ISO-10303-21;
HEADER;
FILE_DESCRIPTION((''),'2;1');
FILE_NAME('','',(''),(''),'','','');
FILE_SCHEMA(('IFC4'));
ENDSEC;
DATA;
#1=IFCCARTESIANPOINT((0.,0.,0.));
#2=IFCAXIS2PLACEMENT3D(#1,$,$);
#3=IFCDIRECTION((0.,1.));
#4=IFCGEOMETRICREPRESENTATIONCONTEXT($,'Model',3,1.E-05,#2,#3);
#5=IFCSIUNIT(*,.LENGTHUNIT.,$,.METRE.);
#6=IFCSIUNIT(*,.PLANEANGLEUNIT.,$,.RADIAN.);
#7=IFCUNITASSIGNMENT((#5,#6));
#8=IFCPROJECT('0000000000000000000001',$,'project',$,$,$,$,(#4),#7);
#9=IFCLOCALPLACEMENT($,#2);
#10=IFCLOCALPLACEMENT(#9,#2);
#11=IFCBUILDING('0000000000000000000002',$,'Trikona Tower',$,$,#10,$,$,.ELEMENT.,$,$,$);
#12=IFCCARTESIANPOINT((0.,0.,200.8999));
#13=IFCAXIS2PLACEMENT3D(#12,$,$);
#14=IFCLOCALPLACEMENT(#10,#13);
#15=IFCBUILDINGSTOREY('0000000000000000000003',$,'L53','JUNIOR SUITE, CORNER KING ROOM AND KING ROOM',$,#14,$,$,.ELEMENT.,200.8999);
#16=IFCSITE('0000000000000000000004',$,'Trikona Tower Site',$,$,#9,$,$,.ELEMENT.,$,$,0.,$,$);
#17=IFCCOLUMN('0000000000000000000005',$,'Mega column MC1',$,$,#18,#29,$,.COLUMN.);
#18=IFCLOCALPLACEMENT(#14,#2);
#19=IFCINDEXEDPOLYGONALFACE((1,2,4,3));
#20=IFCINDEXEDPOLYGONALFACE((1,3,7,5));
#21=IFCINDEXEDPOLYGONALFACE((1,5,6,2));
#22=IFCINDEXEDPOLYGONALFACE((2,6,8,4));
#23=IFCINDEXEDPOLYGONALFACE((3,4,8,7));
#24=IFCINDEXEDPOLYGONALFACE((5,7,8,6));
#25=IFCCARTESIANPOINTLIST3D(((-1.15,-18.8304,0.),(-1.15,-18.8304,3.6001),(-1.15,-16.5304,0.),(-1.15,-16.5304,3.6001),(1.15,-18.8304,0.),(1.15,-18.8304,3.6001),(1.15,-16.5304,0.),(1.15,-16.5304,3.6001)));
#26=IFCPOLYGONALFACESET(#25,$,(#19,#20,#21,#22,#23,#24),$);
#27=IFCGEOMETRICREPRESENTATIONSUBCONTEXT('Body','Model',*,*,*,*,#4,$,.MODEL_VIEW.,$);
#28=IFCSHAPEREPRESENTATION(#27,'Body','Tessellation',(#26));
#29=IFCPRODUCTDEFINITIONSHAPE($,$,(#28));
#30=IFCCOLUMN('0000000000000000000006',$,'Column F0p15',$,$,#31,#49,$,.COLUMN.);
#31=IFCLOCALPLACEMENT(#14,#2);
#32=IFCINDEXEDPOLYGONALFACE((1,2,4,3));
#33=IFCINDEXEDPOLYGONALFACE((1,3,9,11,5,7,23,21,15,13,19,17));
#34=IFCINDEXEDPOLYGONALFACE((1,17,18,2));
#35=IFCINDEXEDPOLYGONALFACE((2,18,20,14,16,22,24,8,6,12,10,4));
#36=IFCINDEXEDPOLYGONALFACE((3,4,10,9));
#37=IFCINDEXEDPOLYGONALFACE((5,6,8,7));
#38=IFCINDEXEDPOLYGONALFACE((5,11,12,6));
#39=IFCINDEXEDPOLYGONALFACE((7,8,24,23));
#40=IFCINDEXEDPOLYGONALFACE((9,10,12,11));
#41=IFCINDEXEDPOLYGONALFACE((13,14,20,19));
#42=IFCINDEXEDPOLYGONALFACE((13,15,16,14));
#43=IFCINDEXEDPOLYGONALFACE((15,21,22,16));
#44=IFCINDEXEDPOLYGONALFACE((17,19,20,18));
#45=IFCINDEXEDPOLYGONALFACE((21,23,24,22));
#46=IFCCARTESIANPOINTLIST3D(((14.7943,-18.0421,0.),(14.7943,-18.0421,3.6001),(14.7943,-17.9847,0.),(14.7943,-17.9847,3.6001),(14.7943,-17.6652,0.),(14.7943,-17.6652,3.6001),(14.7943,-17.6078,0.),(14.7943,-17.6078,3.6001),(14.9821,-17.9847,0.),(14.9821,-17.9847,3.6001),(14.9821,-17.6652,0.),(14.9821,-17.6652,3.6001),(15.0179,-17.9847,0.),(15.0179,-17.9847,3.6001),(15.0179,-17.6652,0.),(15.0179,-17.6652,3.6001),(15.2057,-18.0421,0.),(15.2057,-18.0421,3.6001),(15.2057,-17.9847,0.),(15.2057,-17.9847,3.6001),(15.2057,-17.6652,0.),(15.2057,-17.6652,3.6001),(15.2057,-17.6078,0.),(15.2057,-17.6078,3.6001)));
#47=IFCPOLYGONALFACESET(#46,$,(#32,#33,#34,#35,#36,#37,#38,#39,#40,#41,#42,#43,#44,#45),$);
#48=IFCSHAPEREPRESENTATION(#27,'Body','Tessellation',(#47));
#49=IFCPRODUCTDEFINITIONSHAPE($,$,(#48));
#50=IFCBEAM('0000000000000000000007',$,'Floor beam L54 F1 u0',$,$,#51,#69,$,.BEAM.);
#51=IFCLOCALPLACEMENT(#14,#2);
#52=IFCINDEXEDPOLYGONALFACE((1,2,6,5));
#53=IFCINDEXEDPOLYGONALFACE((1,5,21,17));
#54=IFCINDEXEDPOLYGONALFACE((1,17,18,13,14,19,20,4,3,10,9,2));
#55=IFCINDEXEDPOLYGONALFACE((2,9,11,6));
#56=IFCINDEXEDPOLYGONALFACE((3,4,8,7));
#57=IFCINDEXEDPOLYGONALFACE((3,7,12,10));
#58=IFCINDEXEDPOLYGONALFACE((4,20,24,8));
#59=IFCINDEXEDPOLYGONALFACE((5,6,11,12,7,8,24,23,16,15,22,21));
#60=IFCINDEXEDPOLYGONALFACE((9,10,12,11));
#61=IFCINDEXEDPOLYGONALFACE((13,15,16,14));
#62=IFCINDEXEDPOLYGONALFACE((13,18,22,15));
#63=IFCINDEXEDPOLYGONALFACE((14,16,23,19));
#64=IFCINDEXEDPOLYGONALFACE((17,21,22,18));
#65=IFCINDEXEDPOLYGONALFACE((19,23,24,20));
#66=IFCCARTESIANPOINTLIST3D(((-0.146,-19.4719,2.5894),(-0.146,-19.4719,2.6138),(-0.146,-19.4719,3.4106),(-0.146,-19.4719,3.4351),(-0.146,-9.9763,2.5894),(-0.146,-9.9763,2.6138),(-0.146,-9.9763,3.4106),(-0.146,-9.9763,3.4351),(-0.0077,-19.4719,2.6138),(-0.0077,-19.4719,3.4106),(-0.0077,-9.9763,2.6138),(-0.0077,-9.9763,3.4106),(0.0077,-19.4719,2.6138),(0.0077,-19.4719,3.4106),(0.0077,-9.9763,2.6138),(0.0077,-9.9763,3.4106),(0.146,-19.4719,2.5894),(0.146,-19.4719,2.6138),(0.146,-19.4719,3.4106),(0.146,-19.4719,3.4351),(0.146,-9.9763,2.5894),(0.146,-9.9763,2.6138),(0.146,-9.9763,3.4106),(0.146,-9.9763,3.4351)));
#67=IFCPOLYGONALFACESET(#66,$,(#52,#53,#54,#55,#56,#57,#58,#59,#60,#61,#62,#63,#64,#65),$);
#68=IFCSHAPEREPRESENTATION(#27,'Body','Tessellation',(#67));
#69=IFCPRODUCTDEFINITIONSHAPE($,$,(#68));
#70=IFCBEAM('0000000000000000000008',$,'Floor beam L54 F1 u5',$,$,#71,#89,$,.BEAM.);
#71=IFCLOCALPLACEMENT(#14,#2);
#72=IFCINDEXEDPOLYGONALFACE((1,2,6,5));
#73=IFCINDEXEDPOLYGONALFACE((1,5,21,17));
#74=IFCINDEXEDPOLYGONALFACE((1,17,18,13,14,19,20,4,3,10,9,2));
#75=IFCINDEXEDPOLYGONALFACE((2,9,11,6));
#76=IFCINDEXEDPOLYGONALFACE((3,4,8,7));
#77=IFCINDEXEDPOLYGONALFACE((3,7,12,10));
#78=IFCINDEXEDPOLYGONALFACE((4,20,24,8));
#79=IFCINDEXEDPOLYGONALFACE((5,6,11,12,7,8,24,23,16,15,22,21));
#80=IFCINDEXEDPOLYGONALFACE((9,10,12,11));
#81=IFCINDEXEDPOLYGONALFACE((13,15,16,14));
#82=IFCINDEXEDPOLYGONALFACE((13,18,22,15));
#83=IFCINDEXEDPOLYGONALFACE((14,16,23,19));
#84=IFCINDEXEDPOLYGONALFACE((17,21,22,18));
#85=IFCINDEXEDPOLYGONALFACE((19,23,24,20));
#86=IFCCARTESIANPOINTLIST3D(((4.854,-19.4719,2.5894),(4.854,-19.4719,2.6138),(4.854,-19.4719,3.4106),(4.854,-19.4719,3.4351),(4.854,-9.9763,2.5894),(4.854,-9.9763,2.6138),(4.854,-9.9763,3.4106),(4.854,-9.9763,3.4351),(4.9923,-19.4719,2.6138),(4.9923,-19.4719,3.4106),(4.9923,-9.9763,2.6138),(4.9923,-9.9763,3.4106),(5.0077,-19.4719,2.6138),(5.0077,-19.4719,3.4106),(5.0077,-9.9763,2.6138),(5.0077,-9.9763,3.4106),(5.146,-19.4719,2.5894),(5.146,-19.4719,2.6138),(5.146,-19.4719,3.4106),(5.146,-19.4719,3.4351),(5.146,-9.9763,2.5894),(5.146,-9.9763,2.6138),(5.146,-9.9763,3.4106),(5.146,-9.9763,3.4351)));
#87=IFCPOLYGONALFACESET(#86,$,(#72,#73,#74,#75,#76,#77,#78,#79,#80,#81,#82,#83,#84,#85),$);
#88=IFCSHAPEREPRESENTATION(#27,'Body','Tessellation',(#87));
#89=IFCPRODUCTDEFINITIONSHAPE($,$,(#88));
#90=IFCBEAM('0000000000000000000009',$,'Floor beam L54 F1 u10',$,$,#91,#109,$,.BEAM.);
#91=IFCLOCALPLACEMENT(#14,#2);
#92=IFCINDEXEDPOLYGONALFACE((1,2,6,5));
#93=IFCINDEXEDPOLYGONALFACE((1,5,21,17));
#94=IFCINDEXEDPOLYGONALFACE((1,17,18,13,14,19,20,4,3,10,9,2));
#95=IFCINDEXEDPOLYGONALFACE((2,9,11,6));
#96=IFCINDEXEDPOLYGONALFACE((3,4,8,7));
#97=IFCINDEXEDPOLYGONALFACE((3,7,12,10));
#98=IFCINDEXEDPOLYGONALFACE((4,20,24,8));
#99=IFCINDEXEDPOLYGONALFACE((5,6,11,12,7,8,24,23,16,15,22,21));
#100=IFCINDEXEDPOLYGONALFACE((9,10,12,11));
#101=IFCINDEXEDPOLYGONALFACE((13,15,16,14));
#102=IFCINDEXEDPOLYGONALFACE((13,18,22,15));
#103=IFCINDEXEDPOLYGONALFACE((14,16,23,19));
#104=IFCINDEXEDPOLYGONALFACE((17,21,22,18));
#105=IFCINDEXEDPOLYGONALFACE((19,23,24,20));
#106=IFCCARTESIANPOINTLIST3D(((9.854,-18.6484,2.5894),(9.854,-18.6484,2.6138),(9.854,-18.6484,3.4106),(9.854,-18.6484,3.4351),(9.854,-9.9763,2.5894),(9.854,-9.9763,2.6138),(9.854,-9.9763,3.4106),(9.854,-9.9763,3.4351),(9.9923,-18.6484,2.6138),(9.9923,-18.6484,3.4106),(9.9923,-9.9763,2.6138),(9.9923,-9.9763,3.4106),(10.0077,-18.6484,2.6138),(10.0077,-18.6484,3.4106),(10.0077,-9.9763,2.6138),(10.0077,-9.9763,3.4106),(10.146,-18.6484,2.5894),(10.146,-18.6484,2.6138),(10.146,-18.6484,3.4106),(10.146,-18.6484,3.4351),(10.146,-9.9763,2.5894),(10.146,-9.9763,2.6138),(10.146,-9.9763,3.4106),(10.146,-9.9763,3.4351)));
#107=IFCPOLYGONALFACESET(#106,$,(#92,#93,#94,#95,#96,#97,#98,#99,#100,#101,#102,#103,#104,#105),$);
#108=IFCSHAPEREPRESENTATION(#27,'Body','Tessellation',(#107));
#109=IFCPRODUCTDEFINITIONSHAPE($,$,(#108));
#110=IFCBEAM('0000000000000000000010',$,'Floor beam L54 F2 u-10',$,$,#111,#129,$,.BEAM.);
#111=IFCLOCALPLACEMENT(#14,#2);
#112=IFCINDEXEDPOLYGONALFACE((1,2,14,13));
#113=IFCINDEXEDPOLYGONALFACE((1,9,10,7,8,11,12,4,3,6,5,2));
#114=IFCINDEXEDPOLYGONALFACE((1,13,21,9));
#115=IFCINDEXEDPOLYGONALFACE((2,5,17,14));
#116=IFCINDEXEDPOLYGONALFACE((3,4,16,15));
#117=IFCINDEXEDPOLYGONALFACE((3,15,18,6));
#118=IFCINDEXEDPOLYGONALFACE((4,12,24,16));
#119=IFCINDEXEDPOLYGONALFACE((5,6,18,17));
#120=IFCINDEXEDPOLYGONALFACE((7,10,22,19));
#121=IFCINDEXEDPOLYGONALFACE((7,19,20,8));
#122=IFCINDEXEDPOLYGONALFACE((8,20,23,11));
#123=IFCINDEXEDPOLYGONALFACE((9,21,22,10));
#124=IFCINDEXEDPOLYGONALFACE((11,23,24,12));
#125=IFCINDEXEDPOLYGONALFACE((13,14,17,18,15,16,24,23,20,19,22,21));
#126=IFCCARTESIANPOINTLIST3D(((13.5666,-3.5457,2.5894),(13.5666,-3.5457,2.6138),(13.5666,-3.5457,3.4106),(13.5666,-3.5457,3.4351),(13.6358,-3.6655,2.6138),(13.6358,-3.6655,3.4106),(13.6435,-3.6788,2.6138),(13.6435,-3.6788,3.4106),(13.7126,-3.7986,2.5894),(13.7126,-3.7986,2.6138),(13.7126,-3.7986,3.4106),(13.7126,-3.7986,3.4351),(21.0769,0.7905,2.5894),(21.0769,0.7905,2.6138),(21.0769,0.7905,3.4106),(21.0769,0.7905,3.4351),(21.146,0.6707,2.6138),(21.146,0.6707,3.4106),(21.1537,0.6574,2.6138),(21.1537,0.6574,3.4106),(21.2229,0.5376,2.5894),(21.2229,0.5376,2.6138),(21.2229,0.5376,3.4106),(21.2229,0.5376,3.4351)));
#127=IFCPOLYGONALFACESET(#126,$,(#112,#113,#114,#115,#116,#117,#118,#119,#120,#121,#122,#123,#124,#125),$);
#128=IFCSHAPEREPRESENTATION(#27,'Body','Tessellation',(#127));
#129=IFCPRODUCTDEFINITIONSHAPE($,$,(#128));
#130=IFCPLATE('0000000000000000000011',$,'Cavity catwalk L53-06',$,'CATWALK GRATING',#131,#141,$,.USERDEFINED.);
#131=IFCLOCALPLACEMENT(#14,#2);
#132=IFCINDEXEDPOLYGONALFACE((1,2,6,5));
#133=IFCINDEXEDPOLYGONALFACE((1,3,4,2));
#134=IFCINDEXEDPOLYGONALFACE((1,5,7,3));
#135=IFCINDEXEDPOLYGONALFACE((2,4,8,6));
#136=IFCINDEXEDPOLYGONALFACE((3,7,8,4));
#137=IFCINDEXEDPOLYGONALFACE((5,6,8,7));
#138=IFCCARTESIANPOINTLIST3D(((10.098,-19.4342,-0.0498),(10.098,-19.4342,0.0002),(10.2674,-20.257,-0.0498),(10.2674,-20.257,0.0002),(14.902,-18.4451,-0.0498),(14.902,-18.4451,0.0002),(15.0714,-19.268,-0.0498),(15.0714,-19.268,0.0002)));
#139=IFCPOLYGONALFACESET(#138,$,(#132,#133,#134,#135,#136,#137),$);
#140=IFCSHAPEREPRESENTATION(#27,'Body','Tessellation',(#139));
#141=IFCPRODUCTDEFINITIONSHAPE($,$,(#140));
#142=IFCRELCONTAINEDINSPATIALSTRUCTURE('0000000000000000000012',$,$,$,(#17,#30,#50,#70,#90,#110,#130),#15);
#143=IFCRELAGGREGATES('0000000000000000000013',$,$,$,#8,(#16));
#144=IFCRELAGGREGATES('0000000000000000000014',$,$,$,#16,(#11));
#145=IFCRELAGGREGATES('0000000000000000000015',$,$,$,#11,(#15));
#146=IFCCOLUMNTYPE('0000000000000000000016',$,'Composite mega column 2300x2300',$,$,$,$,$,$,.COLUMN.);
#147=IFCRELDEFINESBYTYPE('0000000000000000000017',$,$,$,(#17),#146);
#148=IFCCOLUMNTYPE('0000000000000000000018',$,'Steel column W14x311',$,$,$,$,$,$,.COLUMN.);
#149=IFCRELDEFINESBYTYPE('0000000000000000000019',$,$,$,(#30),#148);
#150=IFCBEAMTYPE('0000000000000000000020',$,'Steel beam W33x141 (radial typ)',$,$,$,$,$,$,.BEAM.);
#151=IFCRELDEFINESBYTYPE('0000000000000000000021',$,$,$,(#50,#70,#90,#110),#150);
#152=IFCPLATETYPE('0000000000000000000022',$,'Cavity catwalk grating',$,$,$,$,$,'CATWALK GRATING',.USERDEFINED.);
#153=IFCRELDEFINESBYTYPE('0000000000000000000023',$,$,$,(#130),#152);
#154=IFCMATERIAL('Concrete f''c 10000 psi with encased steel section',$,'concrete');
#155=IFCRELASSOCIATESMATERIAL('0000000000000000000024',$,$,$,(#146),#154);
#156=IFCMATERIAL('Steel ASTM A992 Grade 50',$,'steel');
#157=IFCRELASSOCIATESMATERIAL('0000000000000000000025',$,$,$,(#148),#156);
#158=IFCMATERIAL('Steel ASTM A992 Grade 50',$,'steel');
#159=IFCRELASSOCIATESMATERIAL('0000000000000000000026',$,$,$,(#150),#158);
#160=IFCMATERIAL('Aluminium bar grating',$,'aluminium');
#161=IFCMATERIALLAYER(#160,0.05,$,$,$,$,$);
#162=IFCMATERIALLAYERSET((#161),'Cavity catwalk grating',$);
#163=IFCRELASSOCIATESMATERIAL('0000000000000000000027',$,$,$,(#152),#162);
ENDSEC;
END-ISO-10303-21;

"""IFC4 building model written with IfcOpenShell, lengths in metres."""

from ifc_helpers import new_model, si_unit, direction, frame, origin, origin_2d, place, context, subcontext, project, spatial, rectangle, i_section, extrude, material, layer, layer_set, material_profile, profile_set, type_object, element, save


model = new_model("IFC4")

# Units and contexts
model_context = context("Model", 3, precision=1e-05, world=origin(), true_north=direction((0.0, 1.0)))
body_context = subcontext(model_context, "Body", "Model", "MODEL_VIEW")
ifc_project = project(units=[si_unit("LENGTHUNIT", "METRE"), si_unit("PLANEANGLEUNIT", "RADIAN")], contexts=[model_context])

# Site, building, storey
site_placement = place(None, origin())
site = spatial("IfcSite", under=ifc_project, at=site_placement, Name="Trikona Tower Site", CompositionType="ELEMENT", RefElevation=0.0)
building_placement = place(site_placement, origin())
building = spatial("IfcBuilding", under=site, at=building_placement, Name="Trikona Tower", CompositionType="ELEMENT")
storey_placement = place(building_placement, frame((0.0, 0.0, 200.8999)))
storey = spatial("IfcBuildingStorey", under=building, at=storey_placement, Name="L53", Description="JUNIOR SUITE, CORNER KING ROOM AND KING ROOM", CompositionType="ELEMENT", Elevation=200.8999)

# Columns
ifc_material_1 = material(Name="Concrete f'c 10000 psi with encased steel section", Category="concrete")
ifc_material_profile_1 = material_profile(ifc_material_1, rectangle(XDim=2.3, YDim=2.3, at=origin_2d()), Name="MC2300")
ifc_profile_set_1 = profile_set([ifc_material_profile_1], Name="Concrete f'c 10000 psi with encased steel section")
column_type_1 = type_object("IfcColumnType", Name="Composite mega column 2300x2300", PredefinedType="COLUMN", material=ifc_profile_set_1)
column_1_placement = place(storey_placement, frame((0.0, -17.6804, 0.0), z_axis=(0.0, 0.0, 1.0), x_axis=(0.0, -1.0, 0.0)))
element("IfcColumn", 1, at=column_1_placement, inside=storey, type_object=column_type_1, Name="Mega column MC1", PredefinedType="COLUMN", context=body_context, shape_type="SweptSolid", body=[
    extrude(rectangle(XDim=2.3, YDim=2.3, at=origin_2d()), origin(), (0.0, 0.0, 1.0), 3.6001),
])
ifc_material_2 = material(Name="Steel ASTM A992 Grade 50", Category="steel")
ifc_material_profile_2 = material_profile(ifc_material_2, i_section(OverallWidth=0.4114, OverallDepth=0.4343, WebThickness=0.0359, FlangeThickness=0.0574, at=origin_2d()), Name="W14X311")
ifc_profile_set_2 = profile_set([ifc_material_profile_2], Name="Steel ASTM A992 Grade 50")
column_type_2 = type_object("IfcColumnType", Name="Steel column W14x311", PredefinedType="COLUMN", material=ifc_profile_set_2)
column_2_placement = place(storey_placement, frame((15.0, -17.825, 0.0), z_axis=(0.0, 0.0, 1.0), x_axis=(1.0, 0.0, 0.0)))
element("IfcColumn", 2, at=column_2_placement, inside=storey, type_object=column_type_2, Name="Column F0p15", PredefinedType="COLUMN", context=body_context, shape_type="SweptSolid", body=[
    extrude(i_section(OverallWidth=0.4114, OverallDepth=0.4343, WebThickness=0.0359, FlangeThickness=0.0574, at=origin_2d()), origin(), (0.0, 0.0, 1.0), 3.6001),
])

# Beams
ifc_material_3 = material(Name="Steel ASTM A992 Grade 50", Category="steel")
ifc_material_profile_3 = material_profile(ifc_material_3, i_section(OverallWidth=0.292, OverallDepth=0.8457, WebThickness=0.0154, FlangeThickness=0.0244, at=origin_2d()), Name="W33X141")
ifc_profile_set_3 = profile_set([ifc_material_profile_3], Name="Steel ASTM A992 Grade 50")
beam_type = type_object("IfcBeamType", Name="Steel beam W33x141 (radial typ)", PredefinedType="BEAM", material=ifc_profile_set_3)
for number, where, z_axis, x_axis, name in (
    (3, (0.0, -9.9763, 3.0122), (0.0, -1.0, 0.0), (1.0, 0.0, 0.0), "Floor beam L54 F1 u0"),
    (4, (5.0, -9.9763, 3.0122), (0.0, -1.0, 0.0), (1.0, 0.0, 0.0), "Floor beam L54 F1 u5"),
):
    element("IfcBeam", number, at=place(storey_placement, frame(where, z_axis=z_axis, x_axis=x_axis)), inside=storey, type_object=beam_type, Name=name, PredefinedType="BEAM", context=body_context, shape_type="SweptSolid", body=[
        extrude(i_section(OverallWidth=0.292, OverallDepth=0.8457, WebThickness=0.0154, FlangeThickness=0.0244, at=origin_2d()), origin(), (0.0, 0.0, 1.0), 9.4956),
    ])
for number, where, z_axis, x_axis, name in (
    (5, (10.0, -9.9763, 3.0122), (0.0, -1.0, 0.0), (1.0, 0.0, 0.0), "Floor beam L54 F1 u10"),
    (6, (13.6396, -3.6721, 3.0122), (0.866019, 0.500012, 0.0), (-0.500012, 0.866019, 0.0), "Floor beam L54 F2 u-10"),
):
    element("IfcBeam", number, at=place(storey_placement, frame(where, z_axis=z_axis, x_axis=x_axis)), inside=storey, type_object=beam_type, Name=name, PredefinedType="BEAM", context=body_context, shape_type="SweptSolid", body=[
        extrude(i_section(OverallWidth=0.292, OverallDepth=0.8457, WebThickness=0.0154, FlangeThickness=0.0244, at=origin_2d()), origin(), (0.0, 0.0, 1.0), 8.6721),
    ])

# Plate
ifc_material_4 = material(Name="Aluminium bar grating", Category="aluminium")
ifc_layer_1 = layer(ifc_material_4, 0.05)
ifc_layer_set_1 = layer_set([ifc_layer_1], Name="Cavity catwalk grating")
plate_type = type_object("IfcPlateType", Name="Cavity catwalk grating", ElementType="CATWALK GRATING", PredefinedType="USERDEFINED", material=ifc_layer_set_1)
plate_placement = place(storey_placement, frame((12.5847, -19.3511, -0.0498), z_axis=(0.0, 0.0, 1.0), x_axis=(0.979458, 0.201651, 0.0)))
element("IfcPlate", 7, at=plate_placement, inside=storey, type_object=plate_type, Name="Cavity catwalk L53-06", ObjectType="CATWALK GRATING", PredefinedType="USERDEFINED", context=body_context, shape_type="SweptSolid", body=[
    extrude(rectangle(XDim=4.9048, YDim=0.8401, at=origin_2d()), origin(), (0.0, 0.0, 1.0), 0.05),
])

save(model, "model.ifc")
